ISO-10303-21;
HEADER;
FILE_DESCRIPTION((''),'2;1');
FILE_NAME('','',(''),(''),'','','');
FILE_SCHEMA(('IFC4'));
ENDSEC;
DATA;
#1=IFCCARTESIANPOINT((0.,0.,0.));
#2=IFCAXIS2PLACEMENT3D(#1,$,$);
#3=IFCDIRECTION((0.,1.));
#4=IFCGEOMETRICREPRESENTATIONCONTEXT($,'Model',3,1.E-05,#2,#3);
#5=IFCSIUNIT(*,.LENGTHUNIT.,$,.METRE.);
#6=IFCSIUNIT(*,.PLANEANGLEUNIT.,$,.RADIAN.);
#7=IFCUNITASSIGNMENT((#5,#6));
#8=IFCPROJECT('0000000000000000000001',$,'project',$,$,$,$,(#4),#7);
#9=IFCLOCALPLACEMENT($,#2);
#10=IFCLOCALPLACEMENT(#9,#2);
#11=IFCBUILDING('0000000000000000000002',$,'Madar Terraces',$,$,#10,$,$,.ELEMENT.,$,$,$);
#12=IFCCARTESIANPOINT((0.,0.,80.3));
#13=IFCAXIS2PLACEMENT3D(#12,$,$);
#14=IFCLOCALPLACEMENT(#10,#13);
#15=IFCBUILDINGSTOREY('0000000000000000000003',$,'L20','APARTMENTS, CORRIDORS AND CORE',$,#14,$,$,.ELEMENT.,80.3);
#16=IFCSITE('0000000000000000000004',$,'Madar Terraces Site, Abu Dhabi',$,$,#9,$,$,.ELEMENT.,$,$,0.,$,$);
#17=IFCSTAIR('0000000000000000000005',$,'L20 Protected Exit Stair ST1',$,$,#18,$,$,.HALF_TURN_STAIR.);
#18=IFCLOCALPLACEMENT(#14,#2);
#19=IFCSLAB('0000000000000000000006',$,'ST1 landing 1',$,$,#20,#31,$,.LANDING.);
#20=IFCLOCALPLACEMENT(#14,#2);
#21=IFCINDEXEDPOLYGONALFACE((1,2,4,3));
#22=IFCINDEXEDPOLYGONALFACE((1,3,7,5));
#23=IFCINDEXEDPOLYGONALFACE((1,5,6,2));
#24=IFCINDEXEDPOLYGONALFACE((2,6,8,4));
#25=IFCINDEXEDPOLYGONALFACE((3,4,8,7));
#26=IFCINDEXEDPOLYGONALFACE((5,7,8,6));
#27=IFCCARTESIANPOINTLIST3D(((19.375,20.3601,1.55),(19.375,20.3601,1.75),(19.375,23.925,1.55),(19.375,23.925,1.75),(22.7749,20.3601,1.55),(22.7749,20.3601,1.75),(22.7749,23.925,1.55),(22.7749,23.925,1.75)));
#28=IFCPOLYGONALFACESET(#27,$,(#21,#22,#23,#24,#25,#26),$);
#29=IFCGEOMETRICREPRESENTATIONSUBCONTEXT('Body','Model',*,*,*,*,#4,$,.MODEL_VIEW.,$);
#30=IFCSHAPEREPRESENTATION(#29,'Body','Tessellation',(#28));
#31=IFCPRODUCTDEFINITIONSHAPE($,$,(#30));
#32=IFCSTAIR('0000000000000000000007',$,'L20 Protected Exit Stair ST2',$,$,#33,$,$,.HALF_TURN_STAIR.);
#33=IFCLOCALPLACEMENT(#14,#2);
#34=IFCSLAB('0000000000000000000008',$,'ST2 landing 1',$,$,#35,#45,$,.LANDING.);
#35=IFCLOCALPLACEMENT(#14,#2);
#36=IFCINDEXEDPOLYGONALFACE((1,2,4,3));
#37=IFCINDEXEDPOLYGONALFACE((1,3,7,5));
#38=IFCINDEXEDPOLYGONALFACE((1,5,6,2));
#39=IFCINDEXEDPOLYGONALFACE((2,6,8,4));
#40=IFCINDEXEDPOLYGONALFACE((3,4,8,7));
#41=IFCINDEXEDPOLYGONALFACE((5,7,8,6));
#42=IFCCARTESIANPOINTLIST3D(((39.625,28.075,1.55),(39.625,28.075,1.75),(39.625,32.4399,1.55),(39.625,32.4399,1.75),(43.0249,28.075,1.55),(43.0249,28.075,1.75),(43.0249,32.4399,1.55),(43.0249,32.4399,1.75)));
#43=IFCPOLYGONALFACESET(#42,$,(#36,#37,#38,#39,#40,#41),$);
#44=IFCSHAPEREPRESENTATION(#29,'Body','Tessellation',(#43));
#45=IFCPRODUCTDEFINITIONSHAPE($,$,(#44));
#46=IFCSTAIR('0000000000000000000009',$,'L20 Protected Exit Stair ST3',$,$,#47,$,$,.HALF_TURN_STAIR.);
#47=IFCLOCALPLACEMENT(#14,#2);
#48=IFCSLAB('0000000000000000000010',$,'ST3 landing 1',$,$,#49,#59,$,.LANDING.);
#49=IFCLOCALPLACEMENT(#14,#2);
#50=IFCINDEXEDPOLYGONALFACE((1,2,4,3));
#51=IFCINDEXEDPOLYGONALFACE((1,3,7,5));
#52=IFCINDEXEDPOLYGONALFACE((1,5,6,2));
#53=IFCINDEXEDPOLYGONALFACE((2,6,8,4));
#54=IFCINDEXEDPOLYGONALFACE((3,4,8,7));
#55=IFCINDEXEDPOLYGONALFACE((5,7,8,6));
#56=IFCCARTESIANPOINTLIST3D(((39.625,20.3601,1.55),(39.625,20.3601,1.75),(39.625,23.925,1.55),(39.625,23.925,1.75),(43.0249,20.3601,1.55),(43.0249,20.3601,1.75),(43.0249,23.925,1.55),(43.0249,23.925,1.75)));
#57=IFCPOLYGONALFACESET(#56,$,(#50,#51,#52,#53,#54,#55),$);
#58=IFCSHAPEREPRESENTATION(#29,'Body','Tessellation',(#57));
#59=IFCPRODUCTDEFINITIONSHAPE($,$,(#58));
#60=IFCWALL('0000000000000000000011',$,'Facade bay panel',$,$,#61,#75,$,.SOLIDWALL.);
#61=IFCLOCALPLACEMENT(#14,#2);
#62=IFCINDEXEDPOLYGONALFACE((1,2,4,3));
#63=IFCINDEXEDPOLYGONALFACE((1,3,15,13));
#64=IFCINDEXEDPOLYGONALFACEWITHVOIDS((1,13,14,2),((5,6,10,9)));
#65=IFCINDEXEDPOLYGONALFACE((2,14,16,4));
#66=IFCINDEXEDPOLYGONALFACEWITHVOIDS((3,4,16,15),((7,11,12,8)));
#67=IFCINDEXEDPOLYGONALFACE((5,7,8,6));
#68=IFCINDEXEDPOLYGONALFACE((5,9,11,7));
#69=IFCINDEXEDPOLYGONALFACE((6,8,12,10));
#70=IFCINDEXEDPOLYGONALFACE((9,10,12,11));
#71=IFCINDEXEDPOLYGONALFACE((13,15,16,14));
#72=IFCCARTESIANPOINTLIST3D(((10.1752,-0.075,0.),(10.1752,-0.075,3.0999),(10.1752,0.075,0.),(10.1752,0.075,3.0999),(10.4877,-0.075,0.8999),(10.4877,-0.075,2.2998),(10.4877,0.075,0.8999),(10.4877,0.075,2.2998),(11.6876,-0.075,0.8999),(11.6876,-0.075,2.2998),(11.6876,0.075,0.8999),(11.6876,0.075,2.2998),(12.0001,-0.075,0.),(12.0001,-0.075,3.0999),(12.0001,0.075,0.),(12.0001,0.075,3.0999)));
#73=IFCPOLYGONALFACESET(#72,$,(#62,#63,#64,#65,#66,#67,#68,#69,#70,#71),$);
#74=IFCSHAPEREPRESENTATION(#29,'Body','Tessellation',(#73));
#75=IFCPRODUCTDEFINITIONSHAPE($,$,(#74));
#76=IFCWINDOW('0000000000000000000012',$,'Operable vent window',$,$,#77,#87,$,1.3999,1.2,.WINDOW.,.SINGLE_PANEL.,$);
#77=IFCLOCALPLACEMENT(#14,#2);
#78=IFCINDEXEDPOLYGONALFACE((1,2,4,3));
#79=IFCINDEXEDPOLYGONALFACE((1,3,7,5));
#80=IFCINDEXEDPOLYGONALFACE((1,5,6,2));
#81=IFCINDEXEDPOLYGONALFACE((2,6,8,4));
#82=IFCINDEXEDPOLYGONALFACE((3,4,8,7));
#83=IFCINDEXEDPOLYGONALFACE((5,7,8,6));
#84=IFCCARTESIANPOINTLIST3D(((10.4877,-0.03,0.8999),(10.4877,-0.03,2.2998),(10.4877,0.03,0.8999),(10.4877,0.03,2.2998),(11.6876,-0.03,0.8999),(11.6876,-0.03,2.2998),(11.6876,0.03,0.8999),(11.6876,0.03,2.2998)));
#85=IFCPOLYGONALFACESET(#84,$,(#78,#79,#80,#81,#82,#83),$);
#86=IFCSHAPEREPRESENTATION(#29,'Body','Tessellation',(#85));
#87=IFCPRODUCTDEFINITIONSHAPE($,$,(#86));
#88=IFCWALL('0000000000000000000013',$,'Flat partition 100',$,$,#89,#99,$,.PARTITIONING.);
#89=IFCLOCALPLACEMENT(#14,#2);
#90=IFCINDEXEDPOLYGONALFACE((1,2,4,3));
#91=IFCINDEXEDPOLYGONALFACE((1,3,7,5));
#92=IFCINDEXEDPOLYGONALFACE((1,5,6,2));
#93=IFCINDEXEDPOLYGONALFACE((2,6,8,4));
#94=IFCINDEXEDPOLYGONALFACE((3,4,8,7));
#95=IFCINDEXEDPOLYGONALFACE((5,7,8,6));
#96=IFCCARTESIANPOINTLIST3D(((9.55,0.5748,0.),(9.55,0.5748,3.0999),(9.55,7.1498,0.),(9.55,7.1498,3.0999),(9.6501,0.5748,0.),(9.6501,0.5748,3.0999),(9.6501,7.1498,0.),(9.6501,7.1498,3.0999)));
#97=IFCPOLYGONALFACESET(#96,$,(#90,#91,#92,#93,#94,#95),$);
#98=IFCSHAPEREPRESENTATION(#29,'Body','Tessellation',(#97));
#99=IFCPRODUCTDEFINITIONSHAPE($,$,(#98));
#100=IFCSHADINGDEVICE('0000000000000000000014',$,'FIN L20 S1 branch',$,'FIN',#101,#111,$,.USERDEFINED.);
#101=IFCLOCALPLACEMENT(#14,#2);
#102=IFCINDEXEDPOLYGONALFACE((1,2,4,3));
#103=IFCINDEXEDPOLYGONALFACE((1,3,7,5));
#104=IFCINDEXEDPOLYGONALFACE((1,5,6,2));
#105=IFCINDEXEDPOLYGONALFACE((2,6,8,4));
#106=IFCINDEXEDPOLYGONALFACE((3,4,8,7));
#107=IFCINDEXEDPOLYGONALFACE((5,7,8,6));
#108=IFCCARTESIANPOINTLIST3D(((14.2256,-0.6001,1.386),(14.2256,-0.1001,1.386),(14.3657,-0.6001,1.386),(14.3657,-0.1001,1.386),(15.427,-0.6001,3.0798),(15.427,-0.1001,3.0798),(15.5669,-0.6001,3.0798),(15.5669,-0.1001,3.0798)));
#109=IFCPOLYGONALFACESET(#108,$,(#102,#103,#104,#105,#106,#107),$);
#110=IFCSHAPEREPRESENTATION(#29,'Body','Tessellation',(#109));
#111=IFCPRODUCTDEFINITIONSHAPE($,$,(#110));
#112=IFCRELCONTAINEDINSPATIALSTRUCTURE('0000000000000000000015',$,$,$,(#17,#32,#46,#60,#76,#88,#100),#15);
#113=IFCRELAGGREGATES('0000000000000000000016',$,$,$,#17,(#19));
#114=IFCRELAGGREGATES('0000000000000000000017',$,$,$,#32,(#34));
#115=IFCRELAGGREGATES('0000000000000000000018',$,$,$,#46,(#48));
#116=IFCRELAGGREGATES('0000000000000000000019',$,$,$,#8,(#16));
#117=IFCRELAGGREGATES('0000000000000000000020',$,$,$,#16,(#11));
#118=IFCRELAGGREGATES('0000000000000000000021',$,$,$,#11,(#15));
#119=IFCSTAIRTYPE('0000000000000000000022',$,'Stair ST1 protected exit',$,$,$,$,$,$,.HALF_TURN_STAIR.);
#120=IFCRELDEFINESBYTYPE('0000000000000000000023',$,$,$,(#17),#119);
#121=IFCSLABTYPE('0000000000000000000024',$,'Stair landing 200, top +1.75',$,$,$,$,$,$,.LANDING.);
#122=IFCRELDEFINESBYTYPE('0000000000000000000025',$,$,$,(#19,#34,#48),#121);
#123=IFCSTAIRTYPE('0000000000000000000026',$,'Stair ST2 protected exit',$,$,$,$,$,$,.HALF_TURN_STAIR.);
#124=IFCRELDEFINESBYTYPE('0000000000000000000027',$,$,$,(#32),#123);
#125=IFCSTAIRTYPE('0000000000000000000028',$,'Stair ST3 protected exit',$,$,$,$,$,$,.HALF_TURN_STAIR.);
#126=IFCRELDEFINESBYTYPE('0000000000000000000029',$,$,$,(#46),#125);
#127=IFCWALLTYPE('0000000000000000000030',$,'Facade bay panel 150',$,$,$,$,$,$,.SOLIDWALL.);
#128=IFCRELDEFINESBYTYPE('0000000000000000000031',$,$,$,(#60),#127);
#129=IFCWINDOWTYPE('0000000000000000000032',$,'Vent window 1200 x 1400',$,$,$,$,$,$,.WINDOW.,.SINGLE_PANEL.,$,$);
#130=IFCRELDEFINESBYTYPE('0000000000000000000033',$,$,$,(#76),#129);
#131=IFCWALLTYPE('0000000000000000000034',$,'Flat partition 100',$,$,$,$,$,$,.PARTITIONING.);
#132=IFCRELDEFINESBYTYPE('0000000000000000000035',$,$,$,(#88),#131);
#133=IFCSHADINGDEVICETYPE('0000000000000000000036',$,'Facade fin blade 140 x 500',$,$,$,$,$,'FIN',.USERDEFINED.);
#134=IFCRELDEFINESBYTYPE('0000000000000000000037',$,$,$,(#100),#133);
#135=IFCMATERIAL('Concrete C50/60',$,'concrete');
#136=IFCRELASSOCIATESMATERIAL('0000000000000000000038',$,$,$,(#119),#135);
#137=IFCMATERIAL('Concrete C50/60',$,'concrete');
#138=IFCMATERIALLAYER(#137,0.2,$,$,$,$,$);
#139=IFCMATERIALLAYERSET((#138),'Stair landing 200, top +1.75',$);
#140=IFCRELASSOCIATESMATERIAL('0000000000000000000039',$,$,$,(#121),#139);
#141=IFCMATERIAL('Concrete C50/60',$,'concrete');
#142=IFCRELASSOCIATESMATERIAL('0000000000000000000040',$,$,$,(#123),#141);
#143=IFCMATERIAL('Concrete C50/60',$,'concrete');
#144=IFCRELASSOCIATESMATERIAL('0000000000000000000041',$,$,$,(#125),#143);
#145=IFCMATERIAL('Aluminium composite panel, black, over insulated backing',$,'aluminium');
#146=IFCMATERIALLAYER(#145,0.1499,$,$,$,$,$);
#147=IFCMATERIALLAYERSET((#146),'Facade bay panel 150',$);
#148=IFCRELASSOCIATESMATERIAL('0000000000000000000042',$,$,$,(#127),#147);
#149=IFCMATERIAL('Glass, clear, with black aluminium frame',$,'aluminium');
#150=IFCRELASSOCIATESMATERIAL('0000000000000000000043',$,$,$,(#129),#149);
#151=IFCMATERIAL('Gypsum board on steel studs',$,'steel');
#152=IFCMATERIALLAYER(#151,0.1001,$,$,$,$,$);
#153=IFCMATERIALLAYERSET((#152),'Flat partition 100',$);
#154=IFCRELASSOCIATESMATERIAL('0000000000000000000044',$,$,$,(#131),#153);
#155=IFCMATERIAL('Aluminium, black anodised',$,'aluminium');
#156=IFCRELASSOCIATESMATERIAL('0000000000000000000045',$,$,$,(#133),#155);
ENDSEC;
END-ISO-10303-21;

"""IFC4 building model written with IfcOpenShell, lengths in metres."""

from ifc_helpers import new_model, si_unit, direction, frame, frame_2d, origin, place, context, subcontext, project, spatial, polyline, rectangle, outline, extrude, material, layer, layer_set, type_object, element, fill, aggregate, save


model = new_model("IFC4")

# Units and contexts
model_context = context("Model", 3, precision=1e-05, world=origin(), true_north=direction((0.0, 1.0)))
body_context = subcontext(model_context, "Body", "Model", "MODEL_VIEW")
ifc_project = project(units=[si_unit("LENGTHUNIT", "METRE"), si_unit("PLANEANGLEUNIT", "RADIAN")], contexts=[model_context])

# Site, building, storey
site_placement = place(None, origin())
site = spatial("IfcSite", under=ifc_project, at=site_placement, Name="Madar Terraces Site, Abu Dhabi", CompositionType="ELEMENT", RefElevation=0.0)
building_placement = place(site_placement, origin())
building = spatial("IfcBuilding", under=site, at=building_placement, Name="Madar Terraces", CompositionType="ELEMENT")
storey_placement = place(building_placement, frame((0.0, 0.0, 80.3)))
storey = spatial("IfcBuildingStorey", under=building, at=storey_placement, Name="L20", Description="APARTMENTS, CORRIDORS AND CORE", CompositionType="ELEMENT", Elevation=80.3)

# Stairs, slabs
ifc_material_1 = material(Name="Concrete C50/60", Category="concrete")
stair_type_1 = type_object("IfcStairType", Name="Stair ST1 protected exit", PredefinedType="HALF_TURN_STAIR", material=ifc_material_1)
stair_1_placement = place(storey_placement, origin())
stair_1 = element("IfcStair", 1, at=stair_1_placement, inside=storey, type_object=stair_type_1, Name="L20 Protected Exit Stair ST1", PredefinedType="HALF_TURN_STAIR")
ifc_material_2 = material(Name="Concrete C50/60", Category="concrete")
ifc_layer_1 = layer(ifc_material_2, 0.2)
ifc_layer_set_1 = layer_set([ifc_layer_1], Name="Stair landing 200, top +1.75")
slab_type_1 = type_object("IfcSlabType", Name="Stair landing 200, top +1.75", PredefinedType="LANDING", material=ifc_layer_set_1)
slab_1_placement = place(storey_placement, frame((0.0, 0.0, 1.55)))
slab_1 = element("IfcSlab", 2, at=slab_1_placement, type_object=slab_type_1, Name="ST1 landing 1", PredefinedType="LANDING", context=body_context, shape_type="SweptSolid", body=[
    extrude(outline(polyline([(19.375, 20.3601), (22.7749, 20.3601), (22.7749, 23.925), (19.375, 23.925), (19.375, 20.3601)])), origin(), (0.0, 0.0, 1.0), 0.2),
])
aggregate(stair_1, [slab_1])
ifc_material_3 = material(Name="Concrete C50/60", Category="concrete")
stair_type_2 = type_object("IfcStairType", Name="Stair ST2 protected exit", PredefinedType="HALF_TURN_STAIR", material=ifc_material_3)
stair_2_placement = place(storey_placement, origin())
stair_2 = element("IfcStair", 3, at=stair_2_placement, inside=storey, type_object=stair_type_2, Name="L20 Protected Exit Stair ST2", PredefinedType="HALF_TURN_STAIR")
slab_2_placement = place(storey_placement, frame((0.0, 0.0, 1.55)))
slab_2 = element("IfcSlab", 4, at=slab_2_placement, type_object=slab_type_1, Name="ST2 landing 1", PredefinedType="LANDING", context=body_context, shape_type="SweptSolid", body=[
    extrude(outline(polyline([(39.625, 28.075), (43.0249, 28.075), (43.0249, 32.4399), (39.625, 32.4399), (39.625, 28.075)])), origin(), (0.0, 0.0, 1.0), 0.2),
])
aggregate(stair_2, [slab_2])
ifc_material_4 = material(Name="Concrete C50/60", Category="concrete")
stair_type_3 = type_object("IfcStairType", Name="Stair ST3 protected exit", PredefinedType="HALF_TURN_STAIR", material=ifc_material_4)
stair_3_placement = place(storey_placement, origin())
stair_3 = element("IfcStair", 5, at=stair_3_placement, inside=storey, type_object=stair_type_3, Name="L20 Protected Exit Stair ST3", PredefinedType="HALF_TURN_STAIR")
slab_3_placement = place(storey_placement, frame((0.0, 0.0, 1.55)))
slab_3 = element("IfcSlab", 6, at=slab_3_placement, type_object=slab_type_1, Name="ST3 landing 1", PredefinedType="LANDING", context=body_context, shape_type="SweptSolid", body=[
    extrude(outline(polyline([(39.625, 20.3601), (43.0249, 20.3601), (43.0249, 23.925), (39.625, 23.925), (39.625, 20.3601)])), origin(), (0.0, 0.0, 1.0), 0.2),
])
aggregate(stair_3, [slab_3])

# Wall, opening, window
ifc_material_5 = material(Name="Aluminium composite panel, black, over insulated backing", Category="aluminium")
ifc_layer_2 = layer(ifc_material_5, 0.1499)
ifc_layer_set_2 = layer_set([ifc_layer_2], Name="Facade bay panel 150")
wall_type_1 = type_object("IfcWallType", Name="Facade bay panel 150", PredefinedType="SOLIDWALL", material=ifc_layer_set_2)
wall_1_placement = place(storey_placement, frame((10.175, 0.0, 0.0), z_axis=(0.0, 0.0, 1.0), x_axis=(1.0, 0.0, 0.0)))
wall_1 = element("IfcWall", 7, at=wall_1_placement, inside=storey, type_object=wall_type_1, Name="Facade bay panel", PredefinedType="SOLIDWALL", context=body_context, shape_type="SweptSolid", body=[
    extrude(rectangle(XDim=1.825, YDim=0.1499, at=frame_2d((0.9126, 0.0))), origin(), (0.0, 0.0, 1.0), 3.0999),
])
opening_placement = place(wall_1_placement, frame((0.3125, 0.0, 0.8999)))
opening = element("IfcOpeningElement", 8, at=opening_placement, cuts=wall_1, PredefinedType="OPENING", context=body_context, shape_type="SweptSolid", body=[
    extrude(rectangle(XDim=1.2, YDim=1.3999, at=frame_2d((0.6001, 0.7))), frame((0.0, 0.085, 0.0), z_axis=(0.0, -1.0, 0.0), x_axis=(1.0, 0.0, 0.0)), (0.0, 0.0, 1.0), 0.1699),
])
ifc_material_6 = material(Name="Glass, clear, with black aluminium frame", Category="aluminium")
window_type = type_object("IfcWindowType", Name="Vent window 1200 x 1400", PartitioningType="SINGLE_PANEL", PredefinedType="WINDOW", material=ifc_material_6)
window_placement = place(opening_placement, origin())
window = element("IfcWindow", 9, at=window_placement, inside=storey, type_object=window_type, Name="Operable vent window", OverallHeight=1.3999, OverallWidth=1.2, PartitioningType="SINGLE_PANEL", PredefinedType="WINDOW", context=body_context, shape_type="SweptSolid", body=[
    extrude(rectangle(XDim=1.2, YDim=1.3999, at=frame_2d((0.6001, 0.7))), frame((0.0, 0.03, 0.0), z_axis=(0.0, -1.0, 0.0), x_axis=(1.0, 0.0, 0.0)), (0.0, 0.0, 1.0), 0.0601),
])
fill(opening, window)

# Wall
ifc_material_7 = material(Name="Gypsum board on steel studs", Category="steel")
ifc_layer_3 = layer(ifc_material_7, 0.1001)
ifc_layer_set_3 = layer_set([ifc_layer_3], Name="Flat partition 100")
wall_type_2 = type_object("IfcWallType", Name="Flat partition 100", PredefinedType="PARTITIONING", material=ifc_layer_set_3)
wall_2_placement = place(storey_placement, frame((9.6001, 7.1499, 0.0), z_axis=(0.0, 0.0, 1.0), x_axis=(0.0, -1.0, 0.0)))
element("IfcWall", 10, at=wall_2_placement, inside=storey, type_object=wall_type_2, Name="Flat partition 100", PredefinedType="PARTITIONING", context=body_context, shape_type="SweptSolid", body=[
    extrude(rectangle(XDim=6.575, YDim=0.1001, at=frame_2d((3.2876, 0.0))), origin(), (0.0, 0.0, 1.0), 3.0999),
])

# Shading device
ifc_material_8 = material(Name="Aluminium, black anodised", Category="aluminium")
shading_device_type = type_object("IfcShadingDeviceType", Name="Facade fin blade 140 x 500", ElementType="FIN", PredefinedType="USERDEFINED", material=ifc_material_8)
shading_device_placement = place(storey_placement, frame((14.2256, -0.3501, 1.386), z_axis=(0.0, 0.0, 1.0), x_axis=(1.0, 0.0, 0.0)))
element("IfcShadingDevice", 11, at=shading_device_placement, inside=storey, type_object=shading_device_type, Name="FIN L20 S1 branch", ObjectType="FIN", PredefinedType="USERDEFINED", context=body_context, shape_type="SweptSolid", body=[
    extrude(outline(polyline([(0.0, 0.0), (0.1401, 0.0), (1.3413, 1.6938), (1.2014, 1.6938), (0.0, 0.0)])), frame((0.0, 0.25, 0.0), z_axis=(0.0, -1.0, 0.0), x_axis=(1.0, 0.0, 0.0)), (0.0, 0.0, 1.0), 0.5),
])

save(model, "model.ifc")
